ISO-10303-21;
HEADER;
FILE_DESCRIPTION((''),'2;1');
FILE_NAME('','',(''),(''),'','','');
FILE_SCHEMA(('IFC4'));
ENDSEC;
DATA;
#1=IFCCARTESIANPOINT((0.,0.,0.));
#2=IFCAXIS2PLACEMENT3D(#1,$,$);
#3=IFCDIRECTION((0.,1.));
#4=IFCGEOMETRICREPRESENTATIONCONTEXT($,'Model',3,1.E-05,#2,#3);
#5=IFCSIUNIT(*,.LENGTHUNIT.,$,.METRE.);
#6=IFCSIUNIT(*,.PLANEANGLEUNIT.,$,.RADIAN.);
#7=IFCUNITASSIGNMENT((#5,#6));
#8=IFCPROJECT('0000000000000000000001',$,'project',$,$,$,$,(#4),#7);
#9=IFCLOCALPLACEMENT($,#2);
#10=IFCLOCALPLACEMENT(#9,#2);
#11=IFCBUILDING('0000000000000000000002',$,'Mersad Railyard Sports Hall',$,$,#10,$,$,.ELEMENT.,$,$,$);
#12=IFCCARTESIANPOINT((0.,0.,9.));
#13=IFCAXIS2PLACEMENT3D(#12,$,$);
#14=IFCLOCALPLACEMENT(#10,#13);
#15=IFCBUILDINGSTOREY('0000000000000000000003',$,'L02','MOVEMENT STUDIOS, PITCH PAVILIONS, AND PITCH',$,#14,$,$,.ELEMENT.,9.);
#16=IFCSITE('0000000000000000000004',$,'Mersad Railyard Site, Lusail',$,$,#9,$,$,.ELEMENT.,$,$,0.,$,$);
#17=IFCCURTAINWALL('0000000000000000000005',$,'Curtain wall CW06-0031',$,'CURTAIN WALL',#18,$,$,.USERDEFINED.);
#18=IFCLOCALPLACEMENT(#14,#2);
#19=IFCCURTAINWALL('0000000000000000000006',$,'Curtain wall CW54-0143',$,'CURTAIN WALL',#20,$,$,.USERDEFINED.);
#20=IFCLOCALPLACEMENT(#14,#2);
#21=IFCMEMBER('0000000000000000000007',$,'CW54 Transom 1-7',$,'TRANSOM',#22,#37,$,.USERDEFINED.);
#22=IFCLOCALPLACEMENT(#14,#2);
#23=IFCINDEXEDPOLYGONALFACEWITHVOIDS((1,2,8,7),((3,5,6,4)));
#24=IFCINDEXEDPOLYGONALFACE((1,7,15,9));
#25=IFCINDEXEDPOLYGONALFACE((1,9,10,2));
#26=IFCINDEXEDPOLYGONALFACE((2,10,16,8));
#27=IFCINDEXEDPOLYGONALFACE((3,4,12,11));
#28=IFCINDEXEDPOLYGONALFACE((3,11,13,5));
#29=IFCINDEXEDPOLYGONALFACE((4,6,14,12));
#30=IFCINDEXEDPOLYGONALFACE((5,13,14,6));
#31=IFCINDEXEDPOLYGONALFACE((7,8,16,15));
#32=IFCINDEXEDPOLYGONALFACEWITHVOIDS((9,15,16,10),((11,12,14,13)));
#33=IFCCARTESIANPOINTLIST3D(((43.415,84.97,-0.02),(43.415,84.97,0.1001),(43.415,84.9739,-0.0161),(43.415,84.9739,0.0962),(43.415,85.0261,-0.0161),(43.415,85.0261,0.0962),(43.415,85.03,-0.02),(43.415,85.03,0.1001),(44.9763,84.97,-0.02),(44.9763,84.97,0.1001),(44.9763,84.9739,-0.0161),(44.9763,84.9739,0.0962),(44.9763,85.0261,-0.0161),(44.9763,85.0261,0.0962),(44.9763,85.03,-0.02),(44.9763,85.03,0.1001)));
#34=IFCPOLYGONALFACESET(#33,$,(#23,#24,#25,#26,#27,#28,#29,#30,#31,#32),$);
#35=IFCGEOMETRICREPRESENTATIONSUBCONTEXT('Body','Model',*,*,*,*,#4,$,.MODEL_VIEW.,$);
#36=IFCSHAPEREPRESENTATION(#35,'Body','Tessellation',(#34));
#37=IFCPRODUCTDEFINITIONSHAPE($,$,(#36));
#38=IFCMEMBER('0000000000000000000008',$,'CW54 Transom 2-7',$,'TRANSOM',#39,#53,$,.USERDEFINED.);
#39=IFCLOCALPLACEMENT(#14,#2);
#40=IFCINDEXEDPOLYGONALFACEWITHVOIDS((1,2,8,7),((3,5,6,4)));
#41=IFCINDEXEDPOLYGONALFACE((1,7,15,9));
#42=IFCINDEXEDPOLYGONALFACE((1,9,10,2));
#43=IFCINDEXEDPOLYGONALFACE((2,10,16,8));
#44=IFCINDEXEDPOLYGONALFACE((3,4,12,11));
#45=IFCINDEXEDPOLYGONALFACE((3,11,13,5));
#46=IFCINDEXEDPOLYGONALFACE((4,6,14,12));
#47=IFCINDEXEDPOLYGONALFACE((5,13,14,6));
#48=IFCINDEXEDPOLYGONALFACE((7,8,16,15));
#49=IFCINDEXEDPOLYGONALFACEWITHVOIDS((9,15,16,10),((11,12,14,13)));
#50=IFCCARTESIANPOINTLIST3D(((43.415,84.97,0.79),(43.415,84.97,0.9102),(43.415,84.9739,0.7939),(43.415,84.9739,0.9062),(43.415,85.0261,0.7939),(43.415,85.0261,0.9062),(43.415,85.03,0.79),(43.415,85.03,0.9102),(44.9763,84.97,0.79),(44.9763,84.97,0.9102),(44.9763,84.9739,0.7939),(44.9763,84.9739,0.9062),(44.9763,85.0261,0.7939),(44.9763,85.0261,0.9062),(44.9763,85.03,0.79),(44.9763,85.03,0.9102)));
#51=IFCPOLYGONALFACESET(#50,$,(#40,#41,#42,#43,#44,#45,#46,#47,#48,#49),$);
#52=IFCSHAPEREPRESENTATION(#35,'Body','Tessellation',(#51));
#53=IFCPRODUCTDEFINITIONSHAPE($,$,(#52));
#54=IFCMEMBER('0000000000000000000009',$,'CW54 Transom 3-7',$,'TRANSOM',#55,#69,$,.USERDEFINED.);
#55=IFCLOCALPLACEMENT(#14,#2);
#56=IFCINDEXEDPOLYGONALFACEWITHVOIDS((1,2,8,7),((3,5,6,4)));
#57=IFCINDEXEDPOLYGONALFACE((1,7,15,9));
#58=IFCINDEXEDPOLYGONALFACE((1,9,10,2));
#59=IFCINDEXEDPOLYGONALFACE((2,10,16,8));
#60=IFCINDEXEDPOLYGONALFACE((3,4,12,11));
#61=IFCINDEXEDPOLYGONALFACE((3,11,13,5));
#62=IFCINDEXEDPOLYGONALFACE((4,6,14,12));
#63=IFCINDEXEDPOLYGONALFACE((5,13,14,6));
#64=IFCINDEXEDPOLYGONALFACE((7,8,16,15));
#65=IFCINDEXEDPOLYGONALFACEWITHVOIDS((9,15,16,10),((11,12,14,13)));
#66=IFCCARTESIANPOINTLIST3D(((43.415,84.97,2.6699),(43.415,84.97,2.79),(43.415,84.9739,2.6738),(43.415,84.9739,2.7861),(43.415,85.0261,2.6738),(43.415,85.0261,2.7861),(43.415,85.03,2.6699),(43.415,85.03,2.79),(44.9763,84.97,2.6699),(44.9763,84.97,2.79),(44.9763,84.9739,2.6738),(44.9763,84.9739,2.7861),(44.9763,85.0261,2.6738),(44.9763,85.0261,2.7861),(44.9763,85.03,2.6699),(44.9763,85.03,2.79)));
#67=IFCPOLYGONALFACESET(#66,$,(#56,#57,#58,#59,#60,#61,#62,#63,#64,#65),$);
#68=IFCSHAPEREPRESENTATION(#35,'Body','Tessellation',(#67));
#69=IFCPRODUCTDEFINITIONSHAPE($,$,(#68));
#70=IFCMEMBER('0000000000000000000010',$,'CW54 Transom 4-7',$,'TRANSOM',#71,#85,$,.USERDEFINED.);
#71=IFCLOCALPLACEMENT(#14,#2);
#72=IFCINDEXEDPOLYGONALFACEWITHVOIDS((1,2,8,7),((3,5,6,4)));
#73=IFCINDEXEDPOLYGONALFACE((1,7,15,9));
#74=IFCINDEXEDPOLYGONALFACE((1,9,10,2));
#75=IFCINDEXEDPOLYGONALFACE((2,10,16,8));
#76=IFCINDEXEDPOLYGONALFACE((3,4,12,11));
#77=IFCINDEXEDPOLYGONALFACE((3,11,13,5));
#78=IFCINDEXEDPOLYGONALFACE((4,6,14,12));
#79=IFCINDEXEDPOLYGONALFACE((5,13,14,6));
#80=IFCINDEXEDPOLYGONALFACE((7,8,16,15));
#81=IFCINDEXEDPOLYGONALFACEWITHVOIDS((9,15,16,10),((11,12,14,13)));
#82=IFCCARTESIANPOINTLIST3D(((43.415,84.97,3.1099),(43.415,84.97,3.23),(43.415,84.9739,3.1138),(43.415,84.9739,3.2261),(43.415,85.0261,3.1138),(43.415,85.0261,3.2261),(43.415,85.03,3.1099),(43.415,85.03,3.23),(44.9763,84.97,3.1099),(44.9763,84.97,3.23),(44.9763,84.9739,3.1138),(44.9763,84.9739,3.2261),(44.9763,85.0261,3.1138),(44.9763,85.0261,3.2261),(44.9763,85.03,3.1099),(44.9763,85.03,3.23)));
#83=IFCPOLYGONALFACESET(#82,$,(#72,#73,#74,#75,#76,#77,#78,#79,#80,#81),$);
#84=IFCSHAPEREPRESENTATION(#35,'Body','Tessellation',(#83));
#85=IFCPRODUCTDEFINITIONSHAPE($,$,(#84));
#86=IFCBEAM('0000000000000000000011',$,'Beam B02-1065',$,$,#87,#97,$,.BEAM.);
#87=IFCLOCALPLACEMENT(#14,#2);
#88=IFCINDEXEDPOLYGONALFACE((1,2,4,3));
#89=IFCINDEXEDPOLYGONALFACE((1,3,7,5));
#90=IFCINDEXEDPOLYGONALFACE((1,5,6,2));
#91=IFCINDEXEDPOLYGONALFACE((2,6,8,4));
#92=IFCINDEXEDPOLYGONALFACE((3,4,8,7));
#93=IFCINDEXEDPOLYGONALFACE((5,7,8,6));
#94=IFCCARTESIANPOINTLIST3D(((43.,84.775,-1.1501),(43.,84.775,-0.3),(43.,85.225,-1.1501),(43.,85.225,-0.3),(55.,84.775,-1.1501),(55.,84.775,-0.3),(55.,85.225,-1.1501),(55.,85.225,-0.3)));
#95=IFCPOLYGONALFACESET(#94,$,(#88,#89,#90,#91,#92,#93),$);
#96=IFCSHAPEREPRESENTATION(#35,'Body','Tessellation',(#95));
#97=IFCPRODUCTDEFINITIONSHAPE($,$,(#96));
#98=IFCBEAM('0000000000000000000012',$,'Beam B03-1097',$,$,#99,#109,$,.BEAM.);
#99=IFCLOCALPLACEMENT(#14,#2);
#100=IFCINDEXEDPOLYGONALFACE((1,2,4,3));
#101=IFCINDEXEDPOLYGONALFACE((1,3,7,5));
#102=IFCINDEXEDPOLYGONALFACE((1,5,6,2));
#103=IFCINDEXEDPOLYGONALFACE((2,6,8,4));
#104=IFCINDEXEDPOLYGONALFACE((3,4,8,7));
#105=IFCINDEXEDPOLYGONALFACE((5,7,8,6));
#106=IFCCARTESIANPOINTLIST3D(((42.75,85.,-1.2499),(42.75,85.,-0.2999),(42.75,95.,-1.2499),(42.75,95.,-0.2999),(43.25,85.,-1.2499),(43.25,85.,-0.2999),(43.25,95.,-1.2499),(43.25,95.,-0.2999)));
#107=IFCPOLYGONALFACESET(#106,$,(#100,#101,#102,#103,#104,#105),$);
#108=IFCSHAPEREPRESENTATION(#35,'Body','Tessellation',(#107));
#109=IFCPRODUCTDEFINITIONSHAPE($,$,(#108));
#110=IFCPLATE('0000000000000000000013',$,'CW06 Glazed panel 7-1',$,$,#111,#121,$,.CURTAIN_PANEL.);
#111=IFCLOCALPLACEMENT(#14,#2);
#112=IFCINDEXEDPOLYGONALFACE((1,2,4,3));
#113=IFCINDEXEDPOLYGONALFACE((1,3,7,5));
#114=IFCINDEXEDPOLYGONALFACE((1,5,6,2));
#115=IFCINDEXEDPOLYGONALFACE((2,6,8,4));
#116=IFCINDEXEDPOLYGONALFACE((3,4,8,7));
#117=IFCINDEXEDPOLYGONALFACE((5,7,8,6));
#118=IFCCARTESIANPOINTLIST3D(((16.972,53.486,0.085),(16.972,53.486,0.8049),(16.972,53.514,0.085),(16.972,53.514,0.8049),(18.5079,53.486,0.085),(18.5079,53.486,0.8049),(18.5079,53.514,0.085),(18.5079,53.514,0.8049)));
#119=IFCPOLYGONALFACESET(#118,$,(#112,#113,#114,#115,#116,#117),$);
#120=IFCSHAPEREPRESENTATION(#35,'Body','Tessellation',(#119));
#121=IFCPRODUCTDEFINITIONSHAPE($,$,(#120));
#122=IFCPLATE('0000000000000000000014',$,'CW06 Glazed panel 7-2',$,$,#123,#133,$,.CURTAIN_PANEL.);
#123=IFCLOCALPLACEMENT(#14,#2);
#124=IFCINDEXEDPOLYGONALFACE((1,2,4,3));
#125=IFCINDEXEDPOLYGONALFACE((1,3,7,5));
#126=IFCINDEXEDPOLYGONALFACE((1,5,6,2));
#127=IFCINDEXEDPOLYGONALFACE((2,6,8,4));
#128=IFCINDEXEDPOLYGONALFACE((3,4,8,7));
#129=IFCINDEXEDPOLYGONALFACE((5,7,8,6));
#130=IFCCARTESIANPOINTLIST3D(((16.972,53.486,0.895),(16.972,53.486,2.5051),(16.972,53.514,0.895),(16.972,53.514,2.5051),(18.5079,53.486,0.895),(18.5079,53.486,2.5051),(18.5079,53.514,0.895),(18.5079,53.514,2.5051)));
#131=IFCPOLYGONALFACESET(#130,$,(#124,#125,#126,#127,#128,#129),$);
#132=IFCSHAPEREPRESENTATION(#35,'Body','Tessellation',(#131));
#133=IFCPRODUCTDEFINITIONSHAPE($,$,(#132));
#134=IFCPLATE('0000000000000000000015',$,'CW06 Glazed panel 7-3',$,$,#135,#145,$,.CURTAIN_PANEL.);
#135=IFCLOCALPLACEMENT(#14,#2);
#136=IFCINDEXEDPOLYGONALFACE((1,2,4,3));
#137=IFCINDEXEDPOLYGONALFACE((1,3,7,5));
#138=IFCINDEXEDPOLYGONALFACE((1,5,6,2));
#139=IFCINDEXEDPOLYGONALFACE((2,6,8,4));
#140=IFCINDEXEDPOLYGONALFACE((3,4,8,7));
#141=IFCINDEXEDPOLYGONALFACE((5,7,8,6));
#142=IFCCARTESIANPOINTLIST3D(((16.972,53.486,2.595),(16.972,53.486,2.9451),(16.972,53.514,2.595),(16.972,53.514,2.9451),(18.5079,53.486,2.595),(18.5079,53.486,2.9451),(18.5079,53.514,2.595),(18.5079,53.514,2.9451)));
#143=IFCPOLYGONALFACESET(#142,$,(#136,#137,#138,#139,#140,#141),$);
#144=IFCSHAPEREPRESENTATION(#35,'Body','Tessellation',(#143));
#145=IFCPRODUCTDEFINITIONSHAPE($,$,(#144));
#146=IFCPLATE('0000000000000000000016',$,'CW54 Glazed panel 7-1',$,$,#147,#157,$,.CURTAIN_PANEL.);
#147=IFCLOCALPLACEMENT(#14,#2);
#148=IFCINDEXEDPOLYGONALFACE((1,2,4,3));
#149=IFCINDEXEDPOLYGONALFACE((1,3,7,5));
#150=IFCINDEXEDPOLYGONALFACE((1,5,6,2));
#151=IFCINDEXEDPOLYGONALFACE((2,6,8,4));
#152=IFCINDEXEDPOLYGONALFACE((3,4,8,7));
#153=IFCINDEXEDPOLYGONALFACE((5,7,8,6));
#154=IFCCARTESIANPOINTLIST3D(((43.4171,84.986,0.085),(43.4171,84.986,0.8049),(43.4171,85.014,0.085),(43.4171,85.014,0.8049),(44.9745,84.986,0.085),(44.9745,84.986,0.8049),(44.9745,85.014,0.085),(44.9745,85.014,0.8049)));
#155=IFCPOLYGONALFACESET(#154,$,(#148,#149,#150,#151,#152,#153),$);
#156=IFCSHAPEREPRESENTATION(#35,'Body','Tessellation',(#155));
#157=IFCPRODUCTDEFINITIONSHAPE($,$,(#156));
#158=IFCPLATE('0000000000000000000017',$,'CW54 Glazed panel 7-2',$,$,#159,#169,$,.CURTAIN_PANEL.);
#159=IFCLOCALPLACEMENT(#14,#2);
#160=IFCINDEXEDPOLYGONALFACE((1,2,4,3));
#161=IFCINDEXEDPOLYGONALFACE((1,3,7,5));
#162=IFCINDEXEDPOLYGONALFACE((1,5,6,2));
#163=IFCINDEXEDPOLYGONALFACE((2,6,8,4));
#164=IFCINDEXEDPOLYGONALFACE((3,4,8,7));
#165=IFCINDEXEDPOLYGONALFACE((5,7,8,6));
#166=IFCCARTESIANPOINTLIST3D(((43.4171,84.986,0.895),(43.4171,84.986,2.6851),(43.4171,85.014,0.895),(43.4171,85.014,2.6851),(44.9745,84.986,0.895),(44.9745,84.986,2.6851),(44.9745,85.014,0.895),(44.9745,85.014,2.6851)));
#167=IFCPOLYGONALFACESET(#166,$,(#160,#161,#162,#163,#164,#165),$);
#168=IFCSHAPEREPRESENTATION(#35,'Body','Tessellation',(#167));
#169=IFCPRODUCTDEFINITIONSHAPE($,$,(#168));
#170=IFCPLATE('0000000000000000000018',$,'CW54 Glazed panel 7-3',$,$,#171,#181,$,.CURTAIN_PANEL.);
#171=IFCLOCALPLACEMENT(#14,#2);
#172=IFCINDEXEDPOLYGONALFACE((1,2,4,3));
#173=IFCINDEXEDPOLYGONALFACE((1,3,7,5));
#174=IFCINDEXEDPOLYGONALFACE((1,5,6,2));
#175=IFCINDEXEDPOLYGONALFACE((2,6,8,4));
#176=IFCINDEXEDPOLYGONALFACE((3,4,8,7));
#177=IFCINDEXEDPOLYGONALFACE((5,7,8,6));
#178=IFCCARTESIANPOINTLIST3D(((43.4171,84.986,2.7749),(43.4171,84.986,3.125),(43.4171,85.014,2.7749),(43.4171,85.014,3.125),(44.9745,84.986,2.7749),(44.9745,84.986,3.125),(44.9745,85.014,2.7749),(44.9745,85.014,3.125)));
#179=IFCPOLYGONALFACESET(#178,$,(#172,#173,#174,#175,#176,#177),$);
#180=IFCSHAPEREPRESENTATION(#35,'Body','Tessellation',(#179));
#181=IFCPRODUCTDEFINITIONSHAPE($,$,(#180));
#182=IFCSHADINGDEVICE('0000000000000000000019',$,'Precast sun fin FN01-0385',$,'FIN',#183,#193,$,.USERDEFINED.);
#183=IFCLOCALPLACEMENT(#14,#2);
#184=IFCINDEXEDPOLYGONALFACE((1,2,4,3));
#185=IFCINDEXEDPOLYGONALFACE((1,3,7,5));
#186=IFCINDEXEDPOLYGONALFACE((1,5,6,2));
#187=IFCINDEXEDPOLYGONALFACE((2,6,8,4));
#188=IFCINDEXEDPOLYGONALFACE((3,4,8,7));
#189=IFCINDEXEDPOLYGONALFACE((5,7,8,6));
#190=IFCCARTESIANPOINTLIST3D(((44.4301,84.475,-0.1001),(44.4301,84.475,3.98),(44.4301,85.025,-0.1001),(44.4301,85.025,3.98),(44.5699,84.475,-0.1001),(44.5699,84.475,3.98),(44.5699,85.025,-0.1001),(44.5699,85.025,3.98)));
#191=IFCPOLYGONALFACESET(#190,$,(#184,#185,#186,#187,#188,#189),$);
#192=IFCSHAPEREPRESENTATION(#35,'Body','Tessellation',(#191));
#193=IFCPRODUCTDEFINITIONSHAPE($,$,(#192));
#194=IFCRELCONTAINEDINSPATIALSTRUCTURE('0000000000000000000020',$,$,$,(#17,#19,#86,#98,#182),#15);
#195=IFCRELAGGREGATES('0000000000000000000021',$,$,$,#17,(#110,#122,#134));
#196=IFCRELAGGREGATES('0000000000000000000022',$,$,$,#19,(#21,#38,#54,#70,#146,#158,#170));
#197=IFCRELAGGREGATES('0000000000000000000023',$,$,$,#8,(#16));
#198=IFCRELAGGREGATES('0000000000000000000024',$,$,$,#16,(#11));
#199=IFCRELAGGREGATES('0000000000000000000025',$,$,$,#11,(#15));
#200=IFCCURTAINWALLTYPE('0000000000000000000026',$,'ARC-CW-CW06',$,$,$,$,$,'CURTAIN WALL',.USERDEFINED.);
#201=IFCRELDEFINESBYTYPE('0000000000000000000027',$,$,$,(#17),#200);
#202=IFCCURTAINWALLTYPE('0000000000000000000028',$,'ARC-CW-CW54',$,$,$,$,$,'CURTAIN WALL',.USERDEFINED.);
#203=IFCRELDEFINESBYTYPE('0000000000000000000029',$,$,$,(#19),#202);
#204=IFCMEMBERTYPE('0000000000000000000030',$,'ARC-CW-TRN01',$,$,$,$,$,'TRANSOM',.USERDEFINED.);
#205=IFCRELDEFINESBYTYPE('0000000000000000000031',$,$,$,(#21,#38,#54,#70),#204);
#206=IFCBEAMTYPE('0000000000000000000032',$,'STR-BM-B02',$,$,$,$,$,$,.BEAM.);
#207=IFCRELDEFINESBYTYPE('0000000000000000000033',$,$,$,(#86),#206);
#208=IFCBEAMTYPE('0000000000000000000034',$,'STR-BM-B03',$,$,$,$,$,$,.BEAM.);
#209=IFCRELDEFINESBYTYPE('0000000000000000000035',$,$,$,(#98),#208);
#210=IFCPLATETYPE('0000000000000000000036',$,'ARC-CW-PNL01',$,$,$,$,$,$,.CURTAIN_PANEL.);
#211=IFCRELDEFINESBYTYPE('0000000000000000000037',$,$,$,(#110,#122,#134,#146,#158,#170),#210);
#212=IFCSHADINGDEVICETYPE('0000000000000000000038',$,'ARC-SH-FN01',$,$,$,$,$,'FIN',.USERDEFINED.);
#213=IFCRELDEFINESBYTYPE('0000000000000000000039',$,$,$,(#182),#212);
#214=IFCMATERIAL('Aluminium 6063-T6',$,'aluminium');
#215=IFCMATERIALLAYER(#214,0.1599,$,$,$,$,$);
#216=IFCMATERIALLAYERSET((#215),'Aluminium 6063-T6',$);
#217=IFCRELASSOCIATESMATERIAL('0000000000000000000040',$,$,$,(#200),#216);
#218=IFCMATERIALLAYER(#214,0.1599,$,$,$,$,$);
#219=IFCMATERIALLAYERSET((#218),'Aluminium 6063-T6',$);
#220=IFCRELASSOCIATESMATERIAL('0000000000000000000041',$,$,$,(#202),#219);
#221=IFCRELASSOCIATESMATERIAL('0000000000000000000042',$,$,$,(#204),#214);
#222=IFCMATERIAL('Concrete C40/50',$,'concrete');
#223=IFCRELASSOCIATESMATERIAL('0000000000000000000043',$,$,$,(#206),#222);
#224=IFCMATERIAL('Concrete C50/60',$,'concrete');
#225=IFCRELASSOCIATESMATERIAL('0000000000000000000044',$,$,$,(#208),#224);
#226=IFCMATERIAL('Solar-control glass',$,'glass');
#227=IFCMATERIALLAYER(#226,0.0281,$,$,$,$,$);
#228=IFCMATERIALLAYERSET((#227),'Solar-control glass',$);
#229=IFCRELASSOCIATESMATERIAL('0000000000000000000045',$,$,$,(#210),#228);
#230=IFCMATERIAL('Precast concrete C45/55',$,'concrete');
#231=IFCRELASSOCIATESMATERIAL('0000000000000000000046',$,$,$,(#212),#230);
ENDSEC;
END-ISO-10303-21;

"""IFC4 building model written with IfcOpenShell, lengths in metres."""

from ifc_helpers import new_model, si_unit, direction, frame, origin, origin_2d, place, context, subcontext, project, spatial, rectangle, hollow_rectangle, extrude, material, layer, layer_set, material_profile, profile_set, type_object, element, aggregate, save


model = new_model("IFC4")

# Units and contexts
model_context = context("Model", 3, precision=1e-05, world=origin(), true_north=direction((0.0, 1.0)))
body_context = subcontext(model_context, "Body", "Model", "MODEL_VIEW")
ifc_project = project(units=[si_unit("LENGTHUNIT", "METRE"), si_unit("PLANEANGLEUNIT", "RADIAN")], contexts=[model_context])

# Site, building, storey
site_placement = place(None, origin())
site = spatial("IfcSite", under=ifc_project, at=site_placement, Name="Mersad Railyard Site, Lusail", CompositionType="ELEMENT", RefElevation=0.0)
building_placement = place(site_placement, origin())
building = spatial("IfcBuilding", under=site, at=building_placement, Name="Mersad Railyard Sports Hall", CompositionType="ELEMENT")
storey_placement = place(building_placement, frame((0.0, 0.0, 9.0)))
storey = spatial("IfcBuildingStorey", under=building, at=storey_placement, Name="L02", Description="MOVEMENT STUDIOS, PITCH PAVILIONS, AND PITCH", CompositionType="ELEMENT", Elevation=9.0)

# Shared definitions
ifc_material_1 = material(Name="Concrete C50/60", Category="concrete")

# Curtain wall
ifc_material_2 = material(Name="Aluminium 6063-T6", Category="aluminium")
ifc_layer_1 = layer(ifc_material_2, 0.1599)
ifc_layer_set_1 = layer_set([ifc_layer_1], Name="Aluminium 6063-T6")
curtain_wall_type_1 = type_object("IfcCurtainWallType", Name="ARC-CW-CW06", ElementType="CURTAIN WALL", PredefinedType="USERDEFINED", material=ifc_layer_set_1)
curtain_wall_1_placement = place(storey_placement, origin())
curtain_wall_1 = element("IfcCurtainWall", 1, at=curtain_wall_1_placement, inside=storey, type_object=curtain_wall_type_1, Name="Curtain wall CW06-0031", ObjectType="CURTAIN WALL", PredefinedType="USERDEFINED")

# Curtain wall
ifc_layer_2 = layer(ifc_material_2, 0.1599)
ifc_layer_set_2 = layer_set([ifc_layer_2], Name="Aluminium 6063-T6")
curtain_wall_type_2 = type_object("IfcCurtainWallType", Name="ARC-CW-CW54", ElementType="CURTAIN WALL", PredefinedType="USERDEFINED", material=ifc_layer_set_2)
curtain_wall_2_placement = place(storey_placement, origin())
curtain_wall_2 = element("IfcCurtainWall", 2, at=curtain_wall_2_placement, inside=storey, type_object=curtain_wall_type_2, Name="Curtain wall CW54-0143", ObjectType="CURTAIN WALL", PredefinedType="USERDEFINED")

# Members
ifc_material_profile_1 = material_profile(ifc_material_2, hollow_rectangle(XDim=0.0601, YDim=0.1201, WallThickness=0.0039, at=origin_2d()), Name="AL TRANSOM 60x120x4")
ifc_profile_set_1 = profile_set([ifc_material_profile_1], Name="Aluminium 6063-T6")
member_type_1 = type_object("IfcMemberType", Name="ARC-CW-TRN01", ElementType="TRANSOM", PredefinedType="USERDEFINED", material=ifc_profile_set_1)
member_1_placement = place(storey_placement, frame((44.9763, 85.0, 0.04), z_axis=(-1.0, 0.0, 0.0), x_axis=(0.0, -1.0, 0.0)))
member_1 = element("IfcMember", 3, at=member_1_placement, type_object=member_type_1, Name="CW54 Transom 1-7", ObjectType="TRANSOM", PredefinedType="USERDEFINED", context=body_context, shape_type="SweptSolid", body=[
    extrude(hollow_rectangle(XDim=0.0601, YDim=0.1201, WallThickness=0.0039, at=origin_2d()), origin(), (0.0, 0.0, 1.0), 1.5613),
])
member_2_placement = place(storey_placement, frame((44.9763, 85.0, 0.8501), z_axis=(-1.0, 0.0, 0.0), x_axis=(0.0, -1.0, 0.0)))
member_2 = element("IfcMember", 4, at=member_2_placement, type_object=member_type_1, Name="CW54 Transom 2-7", ObjectType="TRANSOM", PredefinedType="USERDEFINED", context=body_context, shape_type="SweptSolid", body=[
    extrude(hollow_rectangle(XDim=0.0601, YDim=0.1201, WallThickness=0.0039, at=origin_2d()), origin(), (0.0, 0.0, 1.0), 1.5613),
])
member_3_placement = place(storey_placement, frame((44.9763, 85.0, 2.73), z_axis=(-1.0, 0.0, 0.0), x_axis=(0.0, -1.0, 0.0)))
member_3 = element("IfcMember", 5, at=member_3_placement, type_object=member_type_1, Name="CW54 Transom 3-7", ObjectType="TRANSOM", PredefinedType="USERDEFINED", context=body_context, shape_type="SweptSolid", body=[
    extrude(hollow_rectangle(XDim=0.0601, YDim=0.1201, WallThickness=0.0039, at=origin_2d()), origin(), (0.0, 0.0, 1.0), 1.5613),
])
member_4_placement = place(storey_placement, frame((44.9763, 85.0, 3.1699), z_axis=(-1.0, 0.0, 0.0), x_axis=(0.0, -1.0, 0.0)))
member_4 = element("IfcMember", 6, at=member_4_placement, type_object=member_type_1, Name="CW54 Transom 4-7", ObjectType="TRANSOM", PredefinedType="USERDEFINED", context=body_context, shape_type="SweptSolid", body=[
    extrude(hollow_rectangle(XDim=0.0601, YDim=0.1201, WallThickness=0.0039, at=origin_2d()), origin(), (0.0, 0.0, 1.0), 1.5613),
])

# Beams
ifc_material_3 = material(Name="Concrete C40/50", Category="concrete")
ifc_material_profile_2 = material_profile(ifc_material_3, rectangle(XDim=0.45, YDim=0.8501, at=origin_2d()), Name="RC 450x850")
ifc_profile_set_2 = profile_set([ifc_material_profile_2], Name="Concrete C40/50")
beam_type_1 = type_object("IfcBeamType", Name="STR-BM-B02", PredefinedType="BEAM", material=ifc_profile_set_2)
beam_1_placement = place(storey_placement, frame((43.0, 85.0, -0.7251), z_axis=(1.0, 0.0, 0.0), x_axis=(0.0, 1.0, 0.0)))
element("IfcBeam", 7, at=beam_1_placement, inside=storey, type_object=beam_type_1, Name="Beam B02-1065", PredefinedType="BEAM", context=body_context, shape_type="SweptSolid", body=[
    extrude(rectangle(XDim=0.45, YDim=0.8501, at=origin_2d()), origin(), (0.0, 0.0, 1.0), 12.0),
])
ifc_material_profile_3 = material_profile(ifc_material_1, rectangle(XDim=0.5, YDim=0.95, at=origin_2d()), Name="RC 500x950")
ifc_profile_set_3 = profile_set([ifc_material_profile_3], Name="Concrete C50/60")
beam_type_2 = type_object("IfcBeamType", Name="STR-BM-B03", PredefinedType="BEAM", material=ifc_profile_set_3)
beam_2_placement = place(storey_placement, frame((43.0, 85.0, -0.7749), z_axis=(0.0, 1.0, 0.0), x_axis=(-1.0, 0.0, 0.0)))
element("IfcBeam", 8, at=beam_2_placement, inside=storey, type_object=beam_type_2, Name="Beam B03-1097", PredefinedType="BEAM", context=body_context, shape_type="SweptSolid", body=[
    extrude(rectangle(XDim=0.5, YDim=0.95, at=origin_2d()), origin(), (0.0, 0.0, 1.0), 10.0),
])

# Plates
ifc_material_4 = material(Name="Solar-control glass", Category="glass")
ifc_layer_3 = layer(ifc_material_4, 0.0281)
ifc_layer_set_3 = layer_set([ifc_layer_3], Name="Solar-control glass")
plate_type = type_object("IfcPlateType", Name="ARC-CW-PNL01", PredefinedType="CURTAIN_PANEL", material=ifc_layer_set_3)
plate_1_placement = place(storey_placement, frame((17.74, 53.5, 0.085), z_axis=(0.0, 0.0, 1.0), x_axis=(1.0, 0.0, 0.0)))
plate_1 = element("IfcPlate", 9, at=plate_1_placement, type_object=plate_type, Name="CW06 Glazed panel 7-1", PredefinedType="CURTAIN_PANEL", context=body_context, shape_type="SweptSolid", body=[
    extrude(rectangle(XDim=1.5359, YDim=0.0281, at=origin_2d()), origin(), (0.0, 0.0, 1.0), 0.72),
])
plate_2_placement = place(storey_placement, frame((17.74, 53.5, 0.895), z_axis=(0.0, 0.0, 1.0), x_axis=(1.0, 0.0, 0.0)))
plate_2 = element("IfcPlate", 10, at=plate_2_placement, type_object=plate_type, Name="CW06 Glazed panel 7-2", PredefinedType="CURTAIN_PANEL", context=body_context, shape_type="SweptSolid", body=[
    extrude(rectangle(XDim=1.5359, YDim=0.0281, at=origin_2d()), origin(), (0.0, 0.0, 1.0), 1.6101),
])
plate_3_placement = place(storey_placement, frame((17.74, 53.5, 2.595), z_axis=(0.0, 0.0, 1.0), x_axis=(1.0, 0.0, 0.0)))
plate_3 = element("IfcPlate", 11, at=plate_3_placement, type_object=plate_type, Name="CW06 Glazed panel 7-3", PredefinedType="CURTAIN_PANEL", context=body_context, shape_type="SweptSolid", body=[
    extrude(rectangle(XDim=1.5359, YDim=0.0281, at=origin_2d()), origin(), (0.0, 0.0, 1.0), 0.3501),
])
aggregate(curtain_wall_1, [plate_1, plate_2, plate_3])
plate_4_placement = place(storey_placement, frame((44.1958, 85.0, 0.085), z_axis=(0.0, 0.0, 1.0), x_axis=(-1.0, 0.0, 0.0)))
plate_4 = element("IfcPlate", 12, at=plate_4_placement, type_object=plate_type, Name="CW54 Glazed panel 7-1", PredefinedType="CURTAIN_PANEL", context=body_context, shape_type="SweptSolid", body=[
    extrude(rectangle(XDim=1.5574, YDim=0.0281, at=origin_2d()), origin(), (0.0, 0.0, 1.0), 0.72),
])
plate_5_placement = place(storey_placement, frame((44.1958, 85.0, 0.895), z_axis=(0.0, 0.0, 1.0), x_axis=(-1.0, 0.0, 0.0)))
plate_5 = element("IfcPlate", 13, at=plate_5_placement, type_object=plate_type, Name="CW54 Glazed panel 7-2", PredefinedType="CURTAIN_PANEL", context=body_context, shape_type="SweptSolid", body=[
    extrude(rectangle(XDim=1.5574, YDim=0.0281, at=origin_2d()), origin(), (0.0, 0.0, 1.0), 1.79),
])
plate_6_placement = place(storey_placement, frame((44.1958, 85.0, 2.7749), z_axis=(0.0, 0.0, 1.0), x_axis=(-1.0, 0.0, 0.0)))
plate_6 = element("IfcPlate", 14, at=plate_6_placement, type_object=plate_type, Name="CW54 Glazed panel 7-3", PredefinedType="CURTAIN_PANEL", context=body_context, shape_type="SweptSolid", body=[
    extrude(rectangle(XDim=1.5574, YDim=0.0281, at=origin_2d()), origin(), (0.0, 0.0, 1.0), 0.3501),
])
aggregate(curtain_wall_2, [member_1, member_2, member_3, member_4, plate_4, plate_5, plate_6])

# Shading device
ifc_material_5 = material(Name="Precast concrete C45/55", Category="concrete")
shading_device_type = type_object("IfcShadingDeviceType", Name="ARC-SH-FN01", ElementType="FIN", PredefinedType="USERDEFINED", material=ifc_material_5)
for number, where, z_axis, x_axis, name in (
    (15, (44.5, 84.75, -0.1001), (0.0, 0.0, 1.0), (1.0, 0.0, 0.0), "Precast sun fin FN01-0385"),
):
    element("IfcShadingDevice", number, at=place(storey_placement, frame(where, z_axis=z_axis, x_axis=x_axis)), inside=storey, type_object=shading_device_type, Name=name, ObjectType="FIN", PredefinedType="USERDEFINED", context=body_context, shape_type="SweptSolid", body=[
        extrude(rectangle(XDim=0.1399, YDim=0.55, at=origin_2d()), origin(), (0.0, 0.0, 1.0), 4.0801),
    ])

save(model, "model.ifc")
